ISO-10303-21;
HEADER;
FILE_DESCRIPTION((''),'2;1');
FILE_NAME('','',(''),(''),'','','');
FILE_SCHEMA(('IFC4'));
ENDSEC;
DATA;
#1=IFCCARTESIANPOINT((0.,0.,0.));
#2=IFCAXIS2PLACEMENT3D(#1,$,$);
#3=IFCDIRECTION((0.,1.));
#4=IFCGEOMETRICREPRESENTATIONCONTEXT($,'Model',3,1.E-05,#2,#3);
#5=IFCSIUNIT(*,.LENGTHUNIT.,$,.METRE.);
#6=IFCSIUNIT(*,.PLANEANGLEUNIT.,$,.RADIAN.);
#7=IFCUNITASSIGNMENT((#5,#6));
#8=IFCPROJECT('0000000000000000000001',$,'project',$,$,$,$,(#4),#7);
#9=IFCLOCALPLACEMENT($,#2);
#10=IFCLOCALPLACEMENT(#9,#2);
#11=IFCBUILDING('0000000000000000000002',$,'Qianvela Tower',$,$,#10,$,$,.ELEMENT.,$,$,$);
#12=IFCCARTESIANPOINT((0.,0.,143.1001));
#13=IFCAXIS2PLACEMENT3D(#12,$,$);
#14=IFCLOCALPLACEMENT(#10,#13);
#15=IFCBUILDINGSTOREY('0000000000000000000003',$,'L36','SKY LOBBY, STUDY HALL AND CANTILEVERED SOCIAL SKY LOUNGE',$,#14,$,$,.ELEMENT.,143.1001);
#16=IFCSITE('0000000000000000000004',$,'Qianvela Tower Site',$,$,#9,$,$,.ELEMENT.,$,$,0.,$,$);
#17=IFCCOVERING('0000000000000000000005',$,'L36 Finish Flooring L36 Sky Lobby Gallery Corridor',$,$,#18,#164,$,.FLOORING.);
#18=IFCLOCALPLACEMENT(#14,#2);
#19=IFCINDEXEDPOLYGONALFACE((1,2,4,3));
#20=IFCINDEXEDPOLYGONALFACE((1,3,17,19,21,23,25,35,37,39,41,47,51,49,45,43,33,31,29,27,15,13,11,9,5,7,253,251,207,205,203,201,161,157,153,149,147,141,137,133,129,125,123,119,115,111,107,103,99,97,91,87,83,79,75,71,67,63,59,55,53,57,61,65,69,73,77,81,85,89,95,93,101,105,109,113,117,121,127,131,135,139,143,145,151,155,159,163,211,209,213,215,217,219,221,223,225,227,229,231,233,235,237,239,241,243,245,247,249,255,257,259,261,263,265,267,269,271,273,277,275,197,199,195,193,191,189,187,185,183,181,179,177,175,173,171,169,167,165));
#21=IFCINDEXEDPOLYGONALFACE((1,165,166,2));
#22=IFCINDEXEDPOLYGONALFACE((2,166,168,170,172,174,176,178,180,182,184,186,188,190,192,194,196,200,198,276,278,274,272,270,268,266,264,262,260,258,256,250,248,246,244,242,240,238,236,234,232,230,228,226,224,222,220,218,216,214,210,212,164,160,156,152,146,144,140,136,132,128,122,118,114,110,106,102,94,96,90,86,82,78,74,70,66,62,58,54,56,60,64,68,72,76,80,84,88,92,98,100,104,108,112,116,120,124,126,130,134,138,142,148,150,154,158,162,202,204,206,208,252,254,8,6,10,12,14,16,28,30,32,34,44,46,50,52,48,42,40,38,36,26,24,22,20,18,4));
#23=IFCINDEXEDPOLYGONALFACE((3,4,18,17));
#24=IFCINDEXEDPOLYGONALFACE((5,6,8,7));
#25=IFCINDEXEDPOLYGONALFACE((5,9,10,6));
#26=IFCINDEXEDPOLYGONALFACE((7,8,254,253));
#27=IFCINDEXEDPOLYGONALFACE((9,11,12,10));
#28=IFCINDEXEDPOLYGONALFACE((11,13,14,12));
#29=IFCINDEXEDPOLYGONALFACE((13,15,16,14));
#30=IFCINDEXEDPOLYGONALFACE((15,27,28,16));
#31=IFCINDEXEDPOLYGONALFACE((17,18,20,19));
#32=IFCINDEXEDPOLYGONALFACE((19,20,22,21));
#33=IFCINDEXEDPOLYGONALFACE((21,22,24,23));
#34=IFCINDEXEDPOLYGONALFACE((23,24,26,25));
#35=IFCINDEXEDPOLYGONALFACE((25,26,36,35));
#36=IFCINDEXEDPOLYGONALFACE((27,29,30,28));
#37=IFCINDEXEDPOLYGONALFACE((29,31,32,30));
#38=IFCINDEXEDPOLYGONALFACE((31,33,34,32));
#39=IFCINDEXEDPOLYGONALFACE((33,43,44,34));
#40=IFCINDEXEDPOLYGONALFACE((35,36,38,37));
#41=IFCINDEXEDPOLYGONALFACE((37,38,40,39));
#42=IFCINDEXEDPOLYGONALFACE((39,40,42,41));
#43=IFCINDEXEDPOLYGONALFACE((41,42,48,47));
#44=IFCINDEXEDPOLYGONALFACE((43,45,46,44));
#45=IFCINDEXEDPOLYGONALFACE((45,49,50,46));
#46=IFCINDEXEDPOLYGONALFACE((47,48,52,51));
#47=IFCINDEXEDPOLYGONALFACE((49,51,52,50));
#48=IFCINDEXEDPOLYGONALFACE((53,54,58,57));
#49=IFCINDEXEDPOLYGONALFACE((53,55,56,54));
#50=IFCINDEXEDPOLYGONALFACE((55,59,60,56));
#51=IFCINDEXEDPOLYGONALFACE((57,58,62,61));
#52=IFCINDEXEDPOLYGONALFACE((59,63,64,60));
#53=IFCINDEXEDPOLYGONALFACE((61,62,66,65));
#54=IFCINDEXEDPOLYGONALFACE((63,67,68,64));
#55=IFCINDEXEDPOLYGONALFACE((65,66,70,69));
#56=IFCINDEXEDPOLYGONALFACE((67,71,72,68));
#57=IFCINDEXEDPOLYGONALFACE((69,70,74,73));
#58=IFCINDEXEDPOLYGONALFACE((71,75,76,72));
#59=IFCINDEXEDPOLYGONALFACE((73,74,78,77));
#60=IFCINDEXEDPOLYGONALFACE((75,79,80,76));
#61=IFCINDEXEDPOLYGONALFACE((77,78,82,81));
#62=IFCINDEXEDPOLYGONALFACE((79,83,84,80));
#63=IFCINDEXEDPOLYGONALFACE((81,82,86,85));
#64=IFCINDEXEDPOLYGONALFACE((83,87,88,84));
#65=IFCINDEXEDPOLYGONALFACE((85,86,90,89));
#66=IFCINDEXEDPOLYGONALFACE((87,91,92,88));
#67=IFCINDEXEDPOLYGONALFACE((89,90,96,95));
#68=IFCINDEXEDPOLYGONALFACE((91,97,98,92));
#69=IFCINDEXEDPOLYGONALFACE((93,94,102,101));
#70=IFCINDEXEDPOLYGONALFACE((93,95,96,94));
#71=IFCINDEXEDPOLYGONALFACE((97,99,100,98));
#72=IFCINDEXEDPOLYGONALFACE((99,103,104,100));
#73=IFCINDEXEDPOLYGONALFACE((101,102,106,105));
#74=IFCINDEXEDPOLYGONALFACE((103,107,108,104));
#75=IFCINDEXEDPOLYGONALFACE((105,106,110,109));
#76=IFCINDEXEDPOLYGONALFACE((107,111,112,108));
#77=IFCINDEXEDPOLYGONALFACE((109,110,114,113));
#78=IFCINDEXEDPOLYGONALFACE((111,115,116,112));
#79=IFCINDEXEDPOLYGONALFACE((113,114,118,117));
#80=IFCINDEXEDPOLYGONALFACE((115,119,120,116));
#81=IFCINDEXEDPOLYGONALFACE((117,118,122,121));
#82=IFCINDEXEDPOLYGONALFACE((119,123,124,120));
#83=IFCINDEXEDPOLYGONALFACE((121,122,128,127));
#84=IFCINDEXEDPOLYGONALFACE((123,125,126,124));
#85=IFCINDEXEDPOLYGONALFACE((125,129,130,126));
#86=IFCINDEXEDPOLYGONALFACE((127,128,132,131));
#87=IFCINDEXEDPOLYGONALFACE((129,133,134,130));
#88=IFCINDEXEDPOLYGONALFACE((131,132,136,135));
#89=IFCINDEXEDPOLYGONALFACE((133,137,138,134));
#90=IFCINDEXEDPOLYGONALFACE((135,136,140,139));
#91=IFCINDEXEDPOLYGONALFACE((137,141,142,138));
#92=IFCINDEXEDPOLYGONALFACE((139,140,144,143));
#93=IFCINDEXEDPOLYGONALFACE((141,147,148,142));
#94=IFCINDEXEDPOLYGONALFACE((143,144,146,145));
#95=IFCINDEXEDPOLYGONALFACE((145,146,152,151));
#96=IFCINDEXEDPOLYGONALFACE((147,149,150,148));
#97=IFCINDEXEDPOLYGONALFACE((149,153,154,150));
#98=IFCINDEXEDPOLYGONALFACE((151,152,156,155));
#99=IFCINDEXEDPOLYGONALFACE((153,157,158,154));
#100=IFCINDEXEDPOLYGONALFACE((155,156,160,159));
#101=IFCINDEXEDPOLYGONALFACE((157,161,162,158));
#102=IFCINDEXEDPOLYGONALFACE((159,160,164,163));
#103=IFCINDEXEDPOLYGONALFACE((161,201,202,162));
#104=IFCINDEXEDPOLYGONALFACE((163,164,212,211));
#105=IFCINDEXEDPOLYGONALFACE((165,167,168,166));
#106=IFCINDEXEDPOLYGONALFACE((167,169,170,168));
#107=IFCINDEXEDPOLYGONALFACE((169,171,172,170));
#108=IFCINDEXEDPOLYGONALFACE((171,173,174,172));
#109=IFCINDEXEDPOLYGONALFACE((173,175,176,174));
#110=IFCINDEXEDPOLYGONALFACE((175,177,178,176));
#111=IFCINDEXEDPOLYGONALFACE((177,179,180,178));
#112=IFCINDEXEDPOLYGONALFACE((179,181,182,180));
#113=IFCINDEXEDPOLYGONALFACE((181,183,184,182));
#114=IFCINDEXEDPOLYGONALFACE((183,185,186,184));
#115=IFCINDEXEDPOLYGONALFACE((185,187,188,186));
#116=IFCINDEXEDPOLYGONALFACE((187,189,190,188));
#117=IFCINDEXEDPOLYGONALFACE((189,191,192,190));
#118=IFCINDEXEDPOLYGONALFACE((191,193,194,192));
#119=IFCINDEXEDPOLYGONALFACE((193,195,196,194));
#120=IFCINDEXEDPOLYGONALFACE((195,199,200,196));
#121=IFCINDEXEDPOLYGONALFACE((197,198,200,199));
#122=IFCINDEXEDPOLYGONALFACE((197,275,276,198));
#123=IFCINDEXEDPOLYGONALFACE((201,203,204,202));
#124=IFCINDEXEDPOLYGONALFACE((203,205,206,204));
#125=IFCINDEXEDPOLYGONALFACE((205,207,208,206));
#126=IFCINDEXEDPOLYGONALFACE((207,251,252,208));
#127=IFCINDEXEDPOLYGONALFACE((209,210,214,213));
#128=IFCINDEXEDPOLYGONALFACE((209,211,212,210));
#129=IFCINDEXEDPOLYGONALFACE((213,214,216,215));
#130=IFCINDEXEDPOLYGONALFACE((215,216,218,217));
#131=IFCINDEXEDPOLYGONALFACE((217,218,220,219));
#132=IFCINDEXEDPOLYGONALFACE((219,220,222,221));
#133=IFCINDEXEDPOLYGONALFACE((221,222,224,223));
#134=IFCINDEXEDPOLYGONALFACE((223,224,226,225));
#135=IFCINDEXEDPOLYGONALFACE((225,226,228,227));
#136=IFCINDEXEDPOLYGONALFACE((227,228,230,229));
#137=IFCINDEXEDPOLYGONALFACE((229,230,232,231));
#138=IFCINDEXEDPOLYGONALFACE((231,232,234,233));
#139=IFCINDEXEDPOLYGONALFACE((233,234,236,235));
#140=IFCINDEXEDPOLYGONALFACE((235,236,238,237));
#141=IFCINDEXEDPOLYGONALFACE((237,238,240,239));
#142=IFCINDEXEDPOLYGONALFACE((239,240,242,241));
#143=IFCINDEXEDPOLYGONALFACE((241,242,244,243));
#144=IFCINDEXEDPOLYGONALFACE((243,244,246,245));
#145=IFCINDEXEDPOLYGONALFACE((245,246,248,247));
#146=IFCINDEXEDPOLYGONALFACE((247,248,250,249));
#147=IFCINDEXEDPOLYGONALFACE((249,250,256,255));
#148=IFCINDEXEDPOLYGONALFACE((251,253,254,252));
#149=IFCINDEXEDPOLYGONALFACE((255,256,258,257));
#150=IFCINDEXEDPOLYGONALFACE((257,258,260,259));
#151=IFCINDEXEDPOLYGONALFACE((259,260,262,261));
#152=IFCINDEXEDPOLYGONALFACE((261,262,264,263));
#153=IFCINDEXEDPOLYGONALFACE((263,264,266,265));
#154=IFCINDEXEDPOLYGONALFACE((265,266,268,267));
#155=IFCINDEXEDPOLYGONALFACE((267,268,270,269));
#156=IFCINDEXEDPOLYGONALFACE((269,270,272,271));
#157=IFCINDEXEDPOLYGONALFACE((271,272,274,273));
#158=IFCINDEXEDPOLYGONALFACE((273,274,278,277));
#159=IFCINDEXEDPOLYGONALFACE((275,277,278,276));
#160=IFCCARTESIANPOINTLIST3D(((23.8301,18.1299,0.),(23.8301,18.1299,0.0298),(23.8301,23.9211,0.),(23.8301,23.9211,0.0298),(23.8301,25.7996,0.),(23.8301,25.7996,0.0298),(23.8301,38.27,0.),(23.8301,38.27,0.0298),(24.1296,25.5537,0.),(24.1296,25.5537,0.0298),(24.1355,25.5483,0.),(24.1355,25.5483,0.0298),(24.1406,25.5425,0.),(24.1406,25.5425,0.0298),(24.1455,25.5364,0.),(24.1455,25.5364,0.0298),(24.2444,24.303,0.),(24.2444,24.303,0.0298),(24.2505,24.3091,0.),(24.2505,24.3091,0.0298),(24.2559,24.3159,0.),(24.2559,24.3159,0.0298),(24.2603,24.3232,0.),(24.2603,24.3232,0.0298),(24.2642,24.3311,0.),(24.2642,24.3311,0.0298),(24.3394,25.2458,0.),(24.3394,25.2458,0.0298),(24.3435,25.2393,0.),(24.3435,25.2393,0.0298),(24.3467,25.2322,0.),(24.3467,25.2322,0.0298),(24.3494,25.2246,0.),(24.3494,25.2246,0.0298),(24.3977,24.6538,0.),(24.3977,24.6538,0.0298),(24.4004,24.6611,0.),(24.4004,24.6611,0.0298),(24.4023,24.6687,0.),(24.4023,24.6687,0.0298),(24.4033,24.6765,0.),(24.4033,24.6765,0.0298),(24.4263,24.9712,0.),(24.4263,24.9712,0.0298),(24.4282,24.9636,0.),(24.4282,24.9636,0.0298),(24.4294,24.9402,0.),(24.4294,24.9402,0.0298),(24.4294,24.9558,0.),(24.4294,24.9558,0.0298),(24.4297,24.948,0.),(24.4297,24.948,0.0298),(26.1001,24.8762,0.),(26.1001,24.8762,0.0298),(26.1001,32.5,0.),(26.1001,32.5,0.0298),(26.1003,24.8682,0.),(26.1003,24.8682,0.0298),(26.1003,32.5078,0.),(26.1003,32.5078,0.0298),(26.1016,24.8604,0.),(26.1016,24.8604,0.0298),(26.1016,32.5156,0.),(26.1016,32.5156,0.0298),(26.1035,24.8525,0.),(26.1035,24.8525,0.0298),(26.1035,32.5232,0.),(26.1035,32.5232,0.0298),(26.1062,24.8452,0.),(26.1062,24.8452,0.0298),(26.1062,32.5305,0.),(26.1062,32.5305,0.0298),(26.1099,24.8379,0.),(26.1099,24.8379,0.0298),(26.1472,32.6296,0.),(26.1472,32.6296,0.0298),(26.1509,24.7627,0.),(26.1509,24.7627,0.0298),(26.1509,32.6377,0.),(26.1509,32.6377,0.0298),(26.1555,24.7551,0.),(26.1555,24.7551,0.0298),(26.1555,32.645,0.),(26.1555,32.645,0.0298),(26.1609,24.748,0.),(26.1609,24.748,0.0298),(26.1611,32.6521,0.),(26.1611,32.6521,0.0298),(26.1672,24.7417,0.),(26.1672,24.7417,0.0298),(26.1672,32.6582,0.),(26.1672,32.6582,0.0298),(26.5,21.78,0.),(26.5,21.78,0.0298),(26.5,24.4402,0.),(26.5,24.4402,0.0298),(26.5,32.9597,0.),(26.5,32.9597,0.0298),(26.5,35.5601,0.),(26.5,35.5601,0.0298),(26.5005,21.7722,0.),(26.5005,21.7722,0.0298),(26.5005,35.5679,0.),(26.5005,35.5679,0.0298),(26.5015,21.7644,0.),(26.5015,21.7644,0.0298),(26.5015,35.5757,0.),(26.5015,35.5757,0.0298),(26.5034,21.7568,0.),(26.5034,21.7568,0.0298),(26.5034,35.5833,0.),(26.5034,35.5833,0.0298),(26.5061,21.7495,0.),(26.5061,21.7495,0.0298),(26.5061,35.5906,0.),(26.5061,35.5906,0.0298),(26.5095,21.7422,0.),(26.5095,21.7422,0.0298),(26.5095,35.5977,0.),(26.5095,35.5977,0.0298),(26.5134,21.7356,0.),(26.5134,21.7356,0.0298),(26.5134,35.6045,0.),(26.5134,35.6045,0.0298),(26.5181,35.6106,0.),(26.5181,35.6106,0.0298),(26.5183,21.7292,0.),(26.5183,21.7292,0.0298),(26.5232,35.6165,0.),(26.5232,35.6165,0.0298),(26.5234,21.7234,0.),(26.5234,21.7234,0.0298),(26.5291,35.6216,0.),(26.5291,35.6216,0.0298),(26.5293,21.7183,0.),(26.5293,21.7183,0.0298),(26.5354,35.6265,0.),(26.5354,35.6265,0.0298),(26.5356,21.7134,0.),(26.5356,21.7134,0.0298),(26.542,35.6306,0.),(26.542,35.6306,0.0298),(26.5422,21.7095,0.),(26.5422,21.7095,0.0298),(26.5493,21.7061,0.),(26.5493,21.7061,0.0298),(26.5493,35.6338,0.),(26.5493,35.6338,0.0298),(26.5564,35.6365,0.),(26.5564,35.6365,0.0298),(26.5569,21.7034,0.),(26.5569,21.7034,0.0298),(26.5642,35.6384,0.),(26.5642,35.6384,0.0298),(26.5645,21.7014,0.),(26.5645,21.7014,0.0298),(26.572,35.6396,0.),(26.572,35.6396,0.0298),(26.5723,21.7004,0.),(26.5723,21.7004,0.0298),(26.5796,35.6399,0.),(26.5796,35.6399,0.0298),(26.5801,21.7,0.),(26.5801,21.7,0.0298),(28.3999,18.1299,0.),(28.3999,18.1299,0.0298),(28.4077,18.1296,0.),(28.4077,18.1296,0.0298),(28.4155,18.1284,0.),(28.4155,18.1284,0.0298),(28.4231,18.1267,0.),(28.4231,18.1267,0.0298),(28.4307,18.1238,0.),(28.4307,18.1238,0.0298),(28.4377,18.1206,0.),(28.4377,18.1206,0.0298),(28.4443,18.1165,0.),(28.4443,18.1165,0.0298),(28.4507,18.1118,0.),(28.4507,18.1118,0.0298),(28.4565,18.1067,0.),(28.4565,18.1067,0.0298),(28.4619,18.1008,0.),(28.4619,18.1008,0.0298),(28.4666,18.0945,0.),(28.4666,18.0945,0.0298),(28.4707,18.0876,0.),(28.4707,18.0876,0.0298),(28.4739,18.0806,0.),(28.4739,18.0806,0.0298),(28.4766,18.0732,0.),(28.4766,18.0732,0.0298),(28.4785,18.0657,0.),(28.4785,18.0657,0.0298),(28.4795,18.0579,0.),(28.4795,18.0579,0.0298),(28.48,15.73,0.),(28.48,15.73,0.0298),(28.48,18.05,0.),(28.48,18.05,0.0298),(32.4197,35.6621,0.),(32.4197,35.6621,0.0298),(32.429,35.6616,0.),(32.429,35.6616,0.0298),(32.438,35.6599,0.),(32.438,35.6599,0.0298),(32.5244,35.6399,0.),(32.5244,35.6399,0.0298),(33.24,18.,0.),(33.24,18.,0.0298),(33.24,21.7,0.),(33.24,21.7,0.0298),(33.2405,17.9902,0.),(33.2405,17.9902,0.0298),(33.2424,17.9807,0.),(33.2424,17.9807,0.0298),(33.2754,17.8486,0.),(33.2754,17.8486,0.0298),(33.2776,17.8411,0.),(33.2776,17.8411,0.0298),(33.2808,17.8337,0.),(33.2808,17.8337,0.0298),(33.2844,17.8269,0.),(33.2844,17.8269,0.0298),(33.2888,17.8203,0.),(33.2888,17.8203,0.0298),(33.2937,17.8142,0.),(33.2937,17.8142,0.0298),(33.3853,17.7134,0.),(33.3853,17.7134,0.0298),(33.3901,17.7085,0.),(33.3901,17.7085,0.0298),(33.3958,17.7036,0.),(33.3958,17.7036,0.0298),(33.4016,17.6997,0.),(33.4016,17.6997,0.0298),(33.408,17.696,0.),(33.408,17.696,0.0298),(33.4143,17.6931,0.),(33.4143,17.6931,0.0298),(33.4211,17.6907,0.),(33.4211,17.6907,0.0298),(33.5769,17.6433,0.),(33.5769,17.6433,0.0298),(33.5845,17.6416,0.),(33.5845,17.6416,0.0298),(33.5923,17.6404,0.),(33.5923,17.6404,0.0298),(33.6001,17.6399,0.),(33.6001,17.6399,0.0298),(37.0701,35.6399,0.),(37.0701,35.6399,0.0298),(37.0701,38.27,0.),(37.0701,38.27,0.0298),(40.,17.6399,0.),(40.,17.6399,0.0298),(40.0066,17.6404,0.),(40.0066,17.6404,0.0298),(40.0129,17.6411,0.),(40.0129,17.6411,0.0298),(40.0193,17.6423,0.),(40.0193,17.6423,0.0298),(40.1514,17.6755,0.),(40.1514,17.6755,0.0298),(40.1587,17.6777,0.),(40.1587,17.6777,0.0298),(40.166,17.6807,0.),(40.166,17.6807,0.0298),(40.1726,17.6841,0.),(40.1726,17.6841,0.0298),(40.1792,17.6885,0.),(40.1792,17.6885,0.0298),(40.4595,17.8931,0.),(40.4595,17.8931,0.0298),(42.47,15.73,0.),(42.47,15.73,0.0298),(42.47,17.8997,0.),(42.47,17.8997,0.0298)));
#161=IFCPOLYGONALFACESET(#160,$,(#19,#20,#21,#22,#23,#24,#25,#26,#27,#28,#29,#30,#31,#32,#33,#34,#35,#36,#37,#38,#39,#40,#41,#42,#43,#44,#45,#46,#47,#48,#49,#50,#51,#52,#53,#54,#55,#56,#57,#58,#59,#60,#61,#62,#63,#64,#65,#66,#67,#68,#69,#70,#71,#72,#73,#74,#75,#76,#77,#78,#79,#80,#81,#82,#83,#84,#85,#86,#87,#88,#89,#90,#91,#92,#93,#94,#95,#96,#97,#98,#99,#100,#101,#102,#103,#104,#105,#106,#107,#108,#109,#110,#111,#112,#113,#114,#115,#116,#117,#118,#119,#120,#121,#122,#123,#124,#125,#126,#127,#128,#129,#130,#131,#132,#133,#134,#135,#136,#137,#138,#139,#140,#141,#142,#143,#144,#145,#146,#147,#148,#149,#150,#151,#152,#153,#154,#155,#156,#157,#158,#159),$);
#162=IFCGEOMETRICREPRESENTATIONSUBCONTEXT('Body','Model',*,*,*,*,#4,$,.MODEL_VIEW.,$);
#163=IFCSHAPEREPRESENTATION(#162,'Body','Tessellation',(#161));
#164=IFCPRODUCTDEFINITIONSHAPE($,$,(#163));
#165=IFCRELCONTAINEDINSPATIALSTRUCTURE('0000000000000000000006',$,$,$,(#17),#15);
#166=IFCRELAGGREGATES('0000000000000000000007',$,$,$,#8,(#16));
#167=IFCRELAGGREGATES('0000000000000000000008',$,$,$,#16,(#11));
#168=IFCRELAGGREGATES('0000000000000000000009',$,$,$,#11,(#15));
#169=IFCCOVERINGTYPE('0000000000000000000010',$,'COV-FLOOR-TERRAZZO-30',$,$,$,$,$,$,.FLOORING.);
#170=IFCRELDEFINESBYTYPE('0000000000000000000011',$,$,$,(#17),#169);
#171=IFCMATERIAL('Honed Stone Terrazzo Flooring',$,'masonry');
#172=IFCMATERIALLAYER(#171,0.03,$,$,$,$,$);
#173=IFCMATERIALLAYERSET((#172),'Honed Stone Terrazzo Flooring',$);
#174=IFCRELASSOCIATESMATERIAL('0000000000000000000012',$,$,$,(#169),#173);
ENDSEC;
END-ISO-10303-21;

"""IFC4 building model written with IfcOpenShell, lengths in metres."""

from ifc_helpers import new_model, si_unit, direction, frame, origin, place, context, subcontext, project, spatial, polyline, outline, extrude, material, layer, layer_set, type_object, element, save


model = new_model("IFC4")

# Units and contexts
model_context = context("Model", 3, precision=1e-05, world=origin(), true_north=direction((0.0, 1.0)))
body_context = subcontext(model_context, "Body", "Model", "MODEL_VIEW")
ifc_project = project(units=[si_unit("LENGTHUNIT", "METRE"), si_unit("PLANEANGLEUNIT", "RADIAN")], contexts=[model_context])

# Site, building, storey
site_placement = place(None, origin())
site = spatial("IfcSite", under=ifc_project, at=site_placement, Name="Qianvela Tower Site", CompositionType="ELEMENT", RefElevation=0.0)
building_placement = place(site_placement, origin())
building = spatial("IfcBuilding", under=site, at=building_placement, Name="Qianvela Tower", CompositionType="ELEMENT")
storey_placement = place(building_placement, frame((0.0, 0.0, 143.1001)))
storey = spatial("IfcBuildingStorey", under=building, at=storey_placement, Name="L36", Description="SKY LOBBY, STUDY HALL AND CANTILEVERED SOCIAL SKY LOUNGE", CompositionType="ELEMENT", Elevation=143.1001)

# Covering
ifc_material_1 = material(Name="Honed Stone Terrazzo Flooring", Category="masonry")
ifc_layer_1 = layer(ifc_material_1, 0.03)
ifc_layer_set_1 = layer_set([ifc_layer_1], Name="Honed Stone Terrazzo Flooring")
covering_type_1 = type_object("IfcCoveringType", Name="COV-FLOOR-TERRAZZO-30", PredefinedType="FLOORING", material=ifc_layer_set_1)
covering_1_placement = place(storey_placement, origin())
element("IfcCovering", 1, at=covering_1_placement, inside=storey, type_object=covering_type_1, Name="L36 Finish Flooring L36 Sky Lobby Gallery Corridor", PredefinedType="FLOORING", context=body_context, shape_type="SweptSolid", body=[
    extrude(outline(polyline([(24.1455, 25.5364), (24.1406, 25.5425), (24.1355, 25.5483), (24.1296, 25.5537), (23.8301, 25.7996), (23.8301, 38.27), (37.0701, 38.27), (37.0701, 35.6399), (32.5244, 35.6399), (32.438, 35.6599), (32.429, 35.6616), (32.4197, 35.6621), (26.5796, 35.6399), (26.572, 35.6396), (26.5642, 35.6384), (26.5564, 35.6365), (26.5493, 35.6338), (26.542, 35.6306), (26.5354, 35.6265), (26.5291, 35.6216), (26.5232, 35.6165), (26.5181, 35.6106), (26.5134, 35.6045), (26.5095, 35.5977), (26.5061, 35.5906), (26.5034, 35.5833), (26.5015, 35.5757), (26.5005, 35.5679), (26.5, 35.5601), (26.5, 32.9597), (26.1672, 32.6582), (26.1611, 32.6521), (26.1555, 32.645), (26.1509, 32.6377), (26.1472, 32.6296), (26.1062, 32.5305), (26.1035, 32.5232), (26.1016, 32.5156), (26.1003, 32.5078), (26.1001, 32.5), (26.1001, 24.8762), (26.1003, 24.8682), (26.1016, 24.8604), (26.1035, 24.8525), (26.1062, 24.8452), (26.1099, 24.8379), (26.1509, 24.7627), (26.1555, 24.7551), (26.1609, 24.748), (26.1672, 24.7417), (26.5, 24.4402), (26.5, 21.78), (26.5005, 21.7722), (26.5015, 21.7644), (26.5034, 21.7568), (26.5061, 21.7495), (26.5095, 21.7422), (26.5134, 21.7356), (26.5183, 21.7292), (26.5234, 21.7234), (26.5293, 21.7183), (26.5356, 21.7134), (26.5422, 21.7095), (26.5493, 21.7061), (26.5569, 21.7034), (26.5645, 21.7014), (26.5723, 21.7004), (26.5801, 21.7), (33.24, 21.7), (33.24, 18.0), (33.2405, 17.9902), (33.2424, 17.9807), (33.2754, 17.8486), (33.2776, 17.8411), (33.2808, 17.8337), (33.2844, 17.8269), (33.2888, 17.8203), (33.2937, 17.8142), (33.3853, 17.7134), (33.3901, 17.7085), (33.3958, 17.7036), (33.4016, 17.6997), (33.408, 17.696), (33.4143, 17.6931), (33.4211, 17.6907), (33.5769, 17.6433), (33.5845, 17.6416), (33.5923, 17.6404), (33.6001, 17.6399), (40.0, 17.6399), (40.0066, 17.6404), (40.0129, 17.6411), (40.0193, 17.6423), (40.1514, 17.6755), (40.1587, 17.6777), (40.166, 17.6807), (40.1726, 17.6841), (40.1792, 17.6885), (40.4595, 17.8931), (42.47, 17.8997), (42.47, 15.73), (28.48, 15.73), (28.48, 18.05), (28.4795, 18.0579), (28.4785, 18.0657), (28.4766, 18.0732), (28.4739, 18.0806), (28.4707, 18.0876), (28.4666, 18.0945), (28.4619, 18.1008), (28.4565, 18.1067), (28.4507, 18.1118), (28.4443, 18.1165), (28.4377, 18.1206), (28.4307, 18.1238), (28.4231, 18.1267), (28.4155, 18.1284), (28.4077, 18.1296), (28.3999, 18.1299), (23.8301, 18.1299), (23.8301, 23.9211), (24.2444, 24.303), (24.2505, 24.3091), (24.2559, 24.3159), (24.2603, 24.3232), (24.2642, 24.3311), (24.3977, 24.6538), (24.4004, 24.6611), (24.4023, 24.6687), (24.4033, 24.6765), (24.4294, 24.9402), (24.4297, 24.948), (24.4294, 24.9558), (24.4282, 24.9636), (24.4263, 24.9712), (24.3494, 25.2246), (24.3467, 25.2322), (24.3435, 25.2393), (24.3394, 25.2458), (24.1455, 25.5364)])), origin(), (0.0, 0.0, 1.0), 0.0298),
])

save(model, "model.ifc")
